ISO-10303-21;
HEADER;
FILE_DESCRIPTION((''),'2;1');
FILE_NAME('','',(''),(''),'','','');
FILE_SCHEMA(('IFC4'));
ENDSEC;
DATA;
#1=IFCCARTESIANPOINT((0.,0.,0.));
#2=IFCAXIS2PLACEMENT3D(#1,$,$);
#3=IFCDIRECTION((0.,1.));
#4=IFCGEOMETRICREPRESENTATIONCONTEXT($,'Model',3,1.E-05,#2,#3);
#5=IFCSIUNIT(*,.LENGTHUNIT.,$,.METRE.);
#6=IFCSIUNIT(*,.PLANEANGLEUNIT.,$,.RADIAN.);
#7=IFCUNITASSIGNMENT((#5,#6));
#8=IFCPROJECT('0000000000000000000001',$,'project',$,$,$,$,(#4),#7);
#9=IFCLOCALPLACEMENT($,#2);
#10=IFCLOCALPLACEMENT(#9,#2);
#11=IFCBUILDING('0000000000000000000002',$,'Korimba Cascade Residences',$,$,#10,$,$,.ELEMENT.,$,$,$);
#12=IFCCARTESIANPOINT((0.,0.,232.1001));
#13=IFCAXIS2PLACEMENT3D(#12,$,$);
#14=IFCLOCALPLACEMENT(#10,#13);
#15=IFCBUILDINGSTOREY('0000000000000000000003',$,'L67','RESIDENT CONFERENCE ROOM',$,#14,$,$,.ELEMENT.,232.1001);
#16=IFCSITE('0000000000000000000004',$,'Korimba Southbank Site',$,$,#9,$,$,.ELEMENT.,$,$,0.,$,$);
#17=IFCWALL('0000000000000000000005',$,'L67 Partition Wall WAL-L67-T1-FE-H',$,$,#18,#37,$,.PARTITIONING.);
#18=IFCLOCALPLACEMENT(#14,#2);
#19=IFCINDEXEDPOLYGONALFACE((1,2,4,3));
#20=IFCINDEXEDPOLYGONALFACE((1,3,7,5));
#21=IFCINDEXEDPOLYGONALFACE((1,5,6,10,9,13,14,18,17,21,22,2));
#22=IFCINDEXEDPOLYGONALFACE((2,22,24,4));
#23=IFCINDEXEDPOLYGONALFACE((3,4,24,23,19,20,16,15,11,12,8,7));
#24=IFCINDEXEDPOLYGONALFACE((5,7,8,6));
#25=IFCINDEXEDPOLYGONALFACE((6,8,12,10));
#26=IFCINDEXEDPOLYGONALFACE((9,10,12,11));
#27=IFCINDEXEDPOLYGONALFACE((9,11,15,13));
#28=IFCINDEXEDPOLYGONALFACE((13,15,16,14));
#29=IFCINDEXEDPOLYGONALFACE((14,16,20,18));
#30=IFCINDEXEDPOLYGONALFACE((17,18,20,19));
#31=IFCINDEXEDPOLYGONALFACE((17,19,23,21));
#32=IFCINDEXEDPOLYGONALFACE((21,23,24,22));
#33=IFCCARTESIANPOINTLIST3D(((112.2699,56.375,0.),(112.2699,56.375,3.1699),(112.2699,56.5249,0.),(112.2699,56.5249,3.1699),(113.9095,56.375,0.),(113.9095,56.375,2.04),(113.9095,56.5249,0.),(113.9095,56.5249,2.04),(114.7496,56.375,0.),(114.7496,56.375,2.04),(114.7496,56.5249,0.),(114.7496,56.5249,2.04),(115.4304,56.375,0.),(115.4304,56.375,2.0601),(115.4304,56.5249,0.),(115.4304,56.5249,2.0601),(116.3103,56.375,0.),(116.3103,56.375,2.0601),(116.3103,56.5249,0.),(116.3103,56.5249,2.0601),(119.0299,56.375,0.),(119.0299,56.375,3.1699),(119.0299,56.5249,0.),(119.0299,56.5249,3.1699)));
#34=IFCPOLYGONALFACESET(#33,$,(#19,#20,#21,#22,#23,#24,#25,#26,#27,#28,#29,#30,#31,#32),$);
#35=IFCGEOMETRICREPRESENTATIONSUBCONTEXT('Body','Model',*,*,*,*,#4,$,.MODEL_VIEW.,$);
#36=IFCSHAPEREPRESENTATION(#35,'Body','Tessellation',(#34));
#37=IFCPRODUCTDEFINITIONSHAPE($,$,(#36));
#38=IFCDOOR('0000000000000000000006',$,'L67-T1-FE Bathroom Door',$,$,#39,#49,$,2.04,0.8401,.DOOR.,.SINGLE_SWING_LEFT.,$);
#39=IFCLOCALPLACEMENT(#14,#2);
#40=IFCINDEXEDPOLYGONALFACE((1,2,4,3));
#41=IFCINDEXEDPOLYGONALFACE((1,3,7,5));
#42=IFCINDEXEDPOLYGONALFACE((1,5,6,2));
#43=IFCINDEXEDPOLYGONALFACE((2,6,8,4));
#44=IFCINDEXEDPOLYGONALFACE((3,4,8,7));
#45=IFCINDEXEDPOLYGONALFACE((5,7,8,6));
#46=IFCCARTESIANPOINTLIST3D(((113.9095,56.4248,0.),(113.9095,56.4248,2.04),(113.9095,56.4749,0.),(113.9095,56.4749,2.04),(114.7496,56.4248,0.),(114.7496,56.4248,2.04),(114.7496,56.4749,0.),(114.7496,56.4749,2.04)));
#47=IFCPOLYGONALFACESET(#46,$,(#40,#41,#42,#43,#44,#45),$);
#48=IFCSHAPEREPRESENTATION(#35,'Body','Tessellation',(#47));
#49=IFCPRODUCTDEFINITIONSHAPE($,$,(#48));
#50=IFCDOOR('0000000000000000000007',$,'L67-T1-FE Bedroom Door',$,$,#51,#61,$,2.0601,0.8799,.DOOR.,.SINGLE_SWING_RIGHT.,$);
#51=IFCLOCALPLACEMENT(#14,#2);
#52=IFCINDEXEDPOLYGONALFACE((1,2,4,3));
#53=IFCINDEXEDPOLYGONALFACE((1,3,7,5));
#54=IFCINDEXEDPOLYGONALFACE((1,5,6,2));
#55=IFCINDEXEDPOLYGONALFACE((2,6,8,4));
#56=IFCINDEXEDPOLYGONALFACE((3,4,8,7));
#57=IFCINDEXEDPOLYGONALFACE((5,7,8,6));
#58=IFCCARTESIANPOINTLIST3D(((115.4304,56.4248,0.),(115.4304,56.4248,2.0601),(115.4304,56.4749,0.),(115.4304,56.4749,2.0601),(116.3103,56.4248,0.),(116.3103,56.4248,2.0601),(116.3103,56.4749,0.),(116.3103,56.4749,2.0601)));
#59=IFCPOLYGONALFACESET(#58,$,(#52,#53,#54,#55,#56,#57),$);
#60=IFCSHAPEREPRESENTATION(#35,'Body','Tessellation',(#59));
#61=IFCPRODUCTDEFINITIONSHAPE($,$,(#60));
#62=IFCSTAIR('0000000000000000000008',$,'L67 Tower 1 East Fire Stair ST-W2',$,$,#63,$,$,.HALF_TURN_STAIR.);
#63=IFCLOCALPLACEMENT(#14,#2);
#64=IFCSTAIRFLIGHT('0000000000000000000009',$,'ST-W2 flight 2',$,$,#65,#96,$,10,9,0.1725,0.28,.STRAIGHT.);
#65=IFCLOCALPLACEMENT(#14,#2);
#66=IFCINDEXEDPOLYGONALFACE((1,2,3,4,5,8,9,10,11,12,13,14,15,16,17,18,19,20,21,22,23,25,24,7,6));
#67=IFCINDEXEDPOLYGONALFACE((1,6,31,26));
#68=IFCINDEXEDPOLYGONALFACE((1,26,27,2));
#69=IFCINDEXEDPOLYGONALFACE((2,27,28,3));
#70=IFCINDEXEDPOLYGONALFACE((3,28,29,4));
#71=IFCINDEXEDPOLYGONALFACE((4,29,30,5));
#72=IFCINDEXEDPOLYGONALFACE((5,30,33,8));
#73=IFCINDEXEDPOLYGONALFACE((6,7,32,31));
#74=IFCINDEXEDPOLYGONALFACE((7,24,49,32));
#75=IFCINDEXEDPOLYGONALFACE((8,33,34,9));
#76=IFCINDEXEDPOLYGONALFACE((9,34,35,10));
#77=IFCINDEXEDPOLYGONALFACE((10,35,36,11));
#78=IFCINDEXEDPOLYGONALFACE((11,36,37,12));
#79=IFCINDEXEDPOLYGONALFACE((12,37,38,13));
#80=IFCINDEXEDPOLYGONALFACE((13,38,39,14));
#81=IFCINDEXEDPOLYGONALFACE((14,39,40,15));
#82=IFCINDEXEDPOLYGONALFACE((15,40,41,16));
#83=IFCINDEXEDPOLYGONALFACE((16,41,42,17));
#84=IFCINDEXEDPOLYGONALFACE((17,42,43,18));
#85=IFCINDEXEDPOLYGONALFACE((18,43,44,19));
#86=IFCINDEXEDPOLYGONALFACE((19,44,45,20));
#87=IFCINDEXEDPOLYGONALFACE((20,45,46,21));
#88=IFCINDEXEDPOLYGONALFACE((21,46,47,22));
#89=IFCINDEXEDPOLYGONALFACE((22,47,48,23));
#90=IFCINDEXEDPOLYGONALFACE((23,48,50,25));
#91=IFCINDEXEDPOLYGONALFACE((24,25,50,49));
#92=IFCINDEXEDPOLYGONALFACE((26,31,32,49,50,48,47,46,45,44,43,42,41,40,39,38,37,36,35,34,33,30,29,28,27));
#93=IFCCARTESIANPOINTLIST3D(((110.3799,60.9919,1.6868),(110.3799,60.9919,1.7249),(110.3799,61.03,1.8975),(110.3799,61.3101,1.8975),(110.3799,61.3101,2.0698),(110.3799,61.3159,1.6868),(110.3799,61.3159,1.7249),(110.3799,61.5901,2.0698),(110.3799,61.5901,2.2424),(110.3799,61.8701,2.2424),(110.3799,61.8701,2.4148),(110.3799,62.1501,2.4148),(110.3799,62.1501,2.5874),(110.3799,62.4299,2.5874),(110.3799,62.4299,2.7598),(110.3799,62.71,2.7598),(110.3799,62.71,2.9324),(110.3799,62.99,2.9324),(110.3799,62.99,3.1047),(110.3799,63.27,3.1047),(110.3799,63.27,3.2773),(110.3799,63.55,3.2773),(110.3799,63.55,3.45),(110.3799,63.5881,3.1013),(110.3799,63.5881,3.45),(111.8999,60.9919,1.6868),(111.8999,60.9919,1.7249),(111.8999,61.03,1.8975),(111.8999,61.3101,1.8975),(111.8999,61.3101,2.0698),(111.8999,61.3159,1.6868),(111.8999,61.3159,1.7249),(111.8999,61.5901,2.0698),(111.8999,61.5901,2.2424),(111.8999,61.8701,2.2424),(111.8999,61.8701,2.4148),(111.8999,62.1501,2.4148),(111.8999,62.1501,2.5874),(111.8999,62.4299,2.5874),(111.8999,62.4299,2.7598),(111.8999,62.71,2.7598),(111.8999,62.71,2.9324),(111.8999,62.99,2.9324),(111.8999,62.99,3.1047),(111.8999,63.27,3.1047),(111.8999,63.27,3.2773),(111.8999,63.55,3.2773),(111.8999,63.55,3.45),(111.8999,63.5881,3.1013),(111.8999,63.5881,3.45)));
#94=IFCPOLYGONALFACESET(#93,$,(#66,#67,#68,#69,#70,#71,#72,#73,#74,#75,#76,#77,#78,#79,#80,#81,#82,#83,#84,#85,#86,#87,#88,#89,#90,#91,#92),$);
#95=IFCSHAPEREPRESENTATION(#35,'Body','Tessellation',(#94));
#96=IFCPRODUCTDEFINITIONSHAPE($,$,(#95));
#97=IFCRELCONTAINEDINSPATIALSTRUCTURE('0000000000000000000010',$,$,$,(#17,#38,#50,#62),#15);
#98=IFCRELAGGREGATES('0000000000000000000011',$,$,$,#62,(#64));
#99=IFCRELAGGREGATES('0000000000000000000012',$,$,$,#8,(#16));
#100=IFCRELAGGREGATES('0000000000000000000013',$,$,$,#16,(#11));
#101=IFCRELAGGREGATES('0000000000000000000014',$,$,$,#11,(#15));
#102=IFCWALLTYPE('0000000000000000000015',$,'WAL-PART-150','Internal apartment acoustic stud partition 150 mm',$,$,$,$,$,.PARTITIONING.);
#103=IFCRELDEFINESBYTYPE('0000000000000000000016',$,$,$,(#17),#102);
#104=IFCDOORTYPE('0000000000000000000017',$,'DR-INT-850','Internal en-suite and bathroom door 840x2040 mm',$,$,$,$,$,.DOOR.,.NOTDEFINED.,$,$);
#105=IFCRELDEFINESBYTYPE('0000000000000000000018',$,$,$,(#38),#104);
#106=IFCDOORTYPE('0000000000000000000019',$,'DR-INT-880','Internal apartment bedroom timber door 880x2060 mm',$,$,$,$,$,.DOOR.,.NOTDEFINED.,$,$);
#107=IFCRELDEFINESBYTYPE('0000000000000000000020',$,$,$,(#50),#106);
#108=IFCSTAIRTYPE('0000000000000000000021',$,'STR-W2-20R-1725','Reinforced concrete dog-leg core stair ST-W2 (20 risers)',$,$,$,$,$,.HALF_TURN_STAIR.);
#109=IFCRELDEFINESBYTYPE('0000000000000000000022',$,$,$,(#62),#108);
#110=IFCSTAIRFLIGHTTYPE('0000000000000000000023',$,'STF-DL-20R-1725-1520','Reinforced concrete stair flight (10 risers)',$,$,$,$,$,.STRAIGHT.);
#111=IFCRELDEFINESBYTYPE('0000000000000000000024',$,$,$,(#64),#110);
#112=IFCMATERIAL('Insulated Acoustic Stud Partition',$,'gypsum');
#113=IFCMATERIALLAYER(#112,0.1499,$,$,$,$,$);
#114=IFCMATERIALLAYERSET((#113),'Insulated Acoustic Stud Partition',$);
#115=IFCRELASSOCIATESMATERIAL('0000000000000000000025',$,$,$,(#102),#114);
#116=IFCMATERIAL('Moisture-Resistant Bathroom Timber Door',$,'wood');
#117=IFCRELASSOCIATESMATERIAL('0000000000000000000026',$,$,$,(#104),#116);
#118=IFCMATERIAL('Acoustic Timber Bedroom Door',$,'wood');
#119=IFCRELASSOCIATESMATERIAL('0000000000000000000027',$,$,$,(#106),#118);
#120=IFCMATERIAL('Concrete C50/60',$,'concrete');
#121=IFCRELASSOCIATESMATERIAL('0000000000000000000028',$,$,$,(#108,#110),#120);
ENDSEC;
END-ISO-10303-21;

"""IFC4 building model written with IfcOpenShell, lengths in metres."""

from ifc_helpers import new_model, si_unit, direction, frame, frame_2d, origin, place, context, subcontext, project, spatial, polyline, rectangle, outline, extrude, material, layer, layer_set, type_object, element, fill, aggregate, save


model = new_model("IFC4")

# Units and contexts
model_context = context("Model", 3, precision=1e-05, world=origin(), true_north=direction((0.0, 1.0)))
body_context = subcontext(model_context, "Body", "Model", "MODEL_VIEW")
ifc_project = project(units=[si_unit("LENGTHUNIT", "METRE"), si_unit("PLANEANGLEUNIT", "RADIAN")], contexts=[model_context])

# Site, building, storey
site_placement = place(None, origin())
site = spatial("IfcSite", under=ifc_project, at=site_placement, Name="Korimba Southbank Site", CompositionType="ELEMENT", RefElevation=0.0)
building_placement = place(site_placement, origin())
building = spatial("IfcBuilding", under=site, at=building_placement, Name="Korimba Cascade Residences", CompositionType="ELEMENT")
storey_placement = place(building_placement, frame((0.0, 0.0, 232.1001)))
storey = spatial("IfcBuildingStorey", under=building, at=storey_placement, Name="L67", Description="RESIDENT CONFERENCE ROOM", CompositionType="ELEMENT", Elevation=232.1001)

# Shared definitions
ifc_material_1 = material(Name="Concrete C50/60", Category="concrete")

# Shared definitions
ifc_material_2 = material(Name="Insulated Acoustic Stud Partition", Category="gypsum")
ifc_layer_1 = layer(ifc_material_2, 0.1499)
ifc_layer_set_1 = layer_set([ifc_layer_1], Name="Insulated Acoustic Stud Partition")
wall_type_1 = type_object("IfcWallType", Name="WAL-PART-150", Description="Internal apartment acoustic stud partition 150 mm", PredefinedType="PARTITIONING", material=ifc_layer_set_1)
ifc_material_3 = material(Name="Moisture-Resistant Bathroom Timber Door", Category="wood")
door_type_1 = type_object("IfcDoorType", Name="DR-INT-850", Description="Internal en-suite and bathroom door 840x2040 mm", OperationType="NOTDEFINED", PredefinedType="DOOR", material=ifc_material_3)
ifc_material_4 = material(Name="Acoustic Timber Bedroom Door", Category="wood")
door_type_2 = type_object("IfcDoorType", Name="DR-INT-880", Description="Internal apartment bedroom timber door 880x2060 mm", OperationType="NOTDEFINED", PredefinedType="DOOR", material=ifc_material_4)

# Wall, openings, doors
wall_1_placement = place(storey_placement, frame((112.27, 56.45, 0.0), z_axis=(0.0, 0.0, 1.0), x_axis=(1.0, 0.0, 0.0)))
wall_1 = element("IfcWall", 1, at=wall_1_placement, inside=storey, type_object=wall_type_1, Name="L67 Partition Wall WAL-L67-T1-FE-H", PredefinedType="PARTITIONING", context=body_context, shape_type="SweptSolid", body=[
    extrude(rectangle(XDim=6.76, YDim=0.1499, at=frame_2d((3.3799, 0.0))), origin(), (0.0, 0.0, 1.0), 3.1699),
])
opening_1_placement = place(wall_1_placement, frame((1.6396, 0.0, 0.0)))
opening_1 = element("IfcOpeningElement", 2, at=opening_1_placement, cuts=wall_1, PredefinedType="OPENING", context=body_context, shape_type="SweptSolid", body=[
    extrude(rectangle(XDim=0.8401, YDim=2.04, at=frame_2d((0.4199, 1.02))), frame((0.0, 0.085, 0.0), z_axis=(0.0, -1.0, 0.0), x_axis=(1.0, 0.0, 0.0)), (0.0, 0.0, 1.0), 0.1699),
])
opening_2_placement = place(wall_1_placement, frame((3.1604, 0.0, 0.0)))
opening_2 = element("IfcOpeningElement", 3, at=opening_2_placement, cuts=wall_1, PredefinedType="OPENING", context=body_context, shape_type="SweptSolid", body=[
    extrude(rectangle(XDim=0.8799, YDim=2.0601, at=frame_2d((0.4399, 1.03))), frame((0.0, 0.085, 0.0), z_axis=(0.0, -1.0, 0.0), x_axis=(1.0, 0.0, 0.0)), (0.0, 0.0, 1.0), 0.1699),
])
door_1_placement = place(opening_1_placement, origin())
door_1 = element("IfcDoor", 4, at=door_1_placement, inside=storey, type_object=door_type_1, Name="L67-T1-FE Bathroom Door", OperationType="SINGLE_SWING_LEFT", OverallHeight=2.04, OverallWidth=0.8401, PredefinedType="DOOR", context=body_context, shape_type="SweptSolid", body=[
    extrude(rectangle(XDim=0.8401, YDim=2.04, at=frame_2d((0.4199, 1.02))), frame((0.0, 0.0249, 0.0), z_axis=(0.0, -1.0, 0.0), x_axis=(1.0, 0.0, 0.0)), (0.0, 0.0, 1.0), 0.05),
])
fill(opening_1, door_1)
door_2_placement = place(opening_2_placement, origin())
door_2 = element("IfcDoor", 5, at=door_2_placement, inside=storey, type_object=door_type_2, Name="L67-T1-FE Bedroom Door", OperationType="SINGLE_SWING_RIGHT", OverallHeight=2.0601, OverallWidth=0.8799, PredefinedType="DOOR", context=body_context, shape_type="SweptSolid", body=[
    extrude(rectangle(XDim=0.8799, YDim=2.0601, at=frame_2d((0.4399, 1.03))), frame((0.0, 0.0249, 0.0), z_axis=(0.0, -1.0, 0.0), x_axis=(1.0, 0.0, 0.0)), (0.0, 0.0, 1.0), 0.05),
])
fill(opening_2, door_2)

# Stair, stair flight
stair_type = type_object("IfcStairType", Name="STR-W2-20R-1725", Description="Reinforced concrete dog-leg core stair ST-W2 (20 risers)", PredefinedType="HALF_TURN_STAIR", material=ifc_material_1)
stair_placement = place(storey_placement, origin())
stair = element("IfcStair", 6, at=stair_placement, inside=storey, type_object=stair_type, Name="L67 Tower 1 East Fire Stair ST-W2", PredefinedType="HALF_TURN_STAIR")
stair_flight_type = type_object("IfcStairFlightType", Name="STF-DL-20R-1725-1520", Description="Reinforced concrete stair flight (10 risers)", PredefinedType="STRAIGHT", material=ifc_material_1)
stair_flight_placement = place(storey_placement, frame((111.1399, 61.03, 1.7249), z_axis=(0.0, 0.0, 1.0), x_axis=(0.0, 1.0, 0.0)))
stair_flight = element("IfcStairFlight", 7, at=stair_flight_placement, type_object=stair_flight_type, Name="ST-W2 flight 2", NumberOfRisers=10, NumberOfTreads=9, PredefinedType="STRAIGHT", RiserHeight=0.1725, TreadLength=0.28, context=body_context, shape_type="SweptSolid", body=[
    extrude(outline(polyline([(-0.0381, 0.0), (0.0, 0.1726), (0.28, 0.1726), (0.28, 0.345), (0.5601, 0.345), (0.5601, 0.5176), (0.8401, 0.5176), (0.8401, 0.6899), (1.1201, 0.6899), (1.1201, 0.8625), (1.3999, 0.8625), (1.3999, 1.0349), (1.6799, 1.0349), (1.6799, 1.2075), (1.96, 1.2075), (1.96, 1.3799), (2.24, 1.3799), (2.24, 1.5525), (2.52, 1.5525), (2.52, 1.7251), (2.5581, 1.7251), (2.5581, 1.3765), (0.2859, 0.0), (0.2859, -0.0381), (-0.0381, -0.0381), (-0.0381, 0.0)])), frame((0.0, 0.76, 0.0), z_axis=(0.0, -1.0, 0.0), x_axis=(1.0, 0.0, 0.0)), (0.0, 0.0, 1.0), 1.52),
])
aggregate(stair, [stair_flight])

save(model, "model.ifc")
